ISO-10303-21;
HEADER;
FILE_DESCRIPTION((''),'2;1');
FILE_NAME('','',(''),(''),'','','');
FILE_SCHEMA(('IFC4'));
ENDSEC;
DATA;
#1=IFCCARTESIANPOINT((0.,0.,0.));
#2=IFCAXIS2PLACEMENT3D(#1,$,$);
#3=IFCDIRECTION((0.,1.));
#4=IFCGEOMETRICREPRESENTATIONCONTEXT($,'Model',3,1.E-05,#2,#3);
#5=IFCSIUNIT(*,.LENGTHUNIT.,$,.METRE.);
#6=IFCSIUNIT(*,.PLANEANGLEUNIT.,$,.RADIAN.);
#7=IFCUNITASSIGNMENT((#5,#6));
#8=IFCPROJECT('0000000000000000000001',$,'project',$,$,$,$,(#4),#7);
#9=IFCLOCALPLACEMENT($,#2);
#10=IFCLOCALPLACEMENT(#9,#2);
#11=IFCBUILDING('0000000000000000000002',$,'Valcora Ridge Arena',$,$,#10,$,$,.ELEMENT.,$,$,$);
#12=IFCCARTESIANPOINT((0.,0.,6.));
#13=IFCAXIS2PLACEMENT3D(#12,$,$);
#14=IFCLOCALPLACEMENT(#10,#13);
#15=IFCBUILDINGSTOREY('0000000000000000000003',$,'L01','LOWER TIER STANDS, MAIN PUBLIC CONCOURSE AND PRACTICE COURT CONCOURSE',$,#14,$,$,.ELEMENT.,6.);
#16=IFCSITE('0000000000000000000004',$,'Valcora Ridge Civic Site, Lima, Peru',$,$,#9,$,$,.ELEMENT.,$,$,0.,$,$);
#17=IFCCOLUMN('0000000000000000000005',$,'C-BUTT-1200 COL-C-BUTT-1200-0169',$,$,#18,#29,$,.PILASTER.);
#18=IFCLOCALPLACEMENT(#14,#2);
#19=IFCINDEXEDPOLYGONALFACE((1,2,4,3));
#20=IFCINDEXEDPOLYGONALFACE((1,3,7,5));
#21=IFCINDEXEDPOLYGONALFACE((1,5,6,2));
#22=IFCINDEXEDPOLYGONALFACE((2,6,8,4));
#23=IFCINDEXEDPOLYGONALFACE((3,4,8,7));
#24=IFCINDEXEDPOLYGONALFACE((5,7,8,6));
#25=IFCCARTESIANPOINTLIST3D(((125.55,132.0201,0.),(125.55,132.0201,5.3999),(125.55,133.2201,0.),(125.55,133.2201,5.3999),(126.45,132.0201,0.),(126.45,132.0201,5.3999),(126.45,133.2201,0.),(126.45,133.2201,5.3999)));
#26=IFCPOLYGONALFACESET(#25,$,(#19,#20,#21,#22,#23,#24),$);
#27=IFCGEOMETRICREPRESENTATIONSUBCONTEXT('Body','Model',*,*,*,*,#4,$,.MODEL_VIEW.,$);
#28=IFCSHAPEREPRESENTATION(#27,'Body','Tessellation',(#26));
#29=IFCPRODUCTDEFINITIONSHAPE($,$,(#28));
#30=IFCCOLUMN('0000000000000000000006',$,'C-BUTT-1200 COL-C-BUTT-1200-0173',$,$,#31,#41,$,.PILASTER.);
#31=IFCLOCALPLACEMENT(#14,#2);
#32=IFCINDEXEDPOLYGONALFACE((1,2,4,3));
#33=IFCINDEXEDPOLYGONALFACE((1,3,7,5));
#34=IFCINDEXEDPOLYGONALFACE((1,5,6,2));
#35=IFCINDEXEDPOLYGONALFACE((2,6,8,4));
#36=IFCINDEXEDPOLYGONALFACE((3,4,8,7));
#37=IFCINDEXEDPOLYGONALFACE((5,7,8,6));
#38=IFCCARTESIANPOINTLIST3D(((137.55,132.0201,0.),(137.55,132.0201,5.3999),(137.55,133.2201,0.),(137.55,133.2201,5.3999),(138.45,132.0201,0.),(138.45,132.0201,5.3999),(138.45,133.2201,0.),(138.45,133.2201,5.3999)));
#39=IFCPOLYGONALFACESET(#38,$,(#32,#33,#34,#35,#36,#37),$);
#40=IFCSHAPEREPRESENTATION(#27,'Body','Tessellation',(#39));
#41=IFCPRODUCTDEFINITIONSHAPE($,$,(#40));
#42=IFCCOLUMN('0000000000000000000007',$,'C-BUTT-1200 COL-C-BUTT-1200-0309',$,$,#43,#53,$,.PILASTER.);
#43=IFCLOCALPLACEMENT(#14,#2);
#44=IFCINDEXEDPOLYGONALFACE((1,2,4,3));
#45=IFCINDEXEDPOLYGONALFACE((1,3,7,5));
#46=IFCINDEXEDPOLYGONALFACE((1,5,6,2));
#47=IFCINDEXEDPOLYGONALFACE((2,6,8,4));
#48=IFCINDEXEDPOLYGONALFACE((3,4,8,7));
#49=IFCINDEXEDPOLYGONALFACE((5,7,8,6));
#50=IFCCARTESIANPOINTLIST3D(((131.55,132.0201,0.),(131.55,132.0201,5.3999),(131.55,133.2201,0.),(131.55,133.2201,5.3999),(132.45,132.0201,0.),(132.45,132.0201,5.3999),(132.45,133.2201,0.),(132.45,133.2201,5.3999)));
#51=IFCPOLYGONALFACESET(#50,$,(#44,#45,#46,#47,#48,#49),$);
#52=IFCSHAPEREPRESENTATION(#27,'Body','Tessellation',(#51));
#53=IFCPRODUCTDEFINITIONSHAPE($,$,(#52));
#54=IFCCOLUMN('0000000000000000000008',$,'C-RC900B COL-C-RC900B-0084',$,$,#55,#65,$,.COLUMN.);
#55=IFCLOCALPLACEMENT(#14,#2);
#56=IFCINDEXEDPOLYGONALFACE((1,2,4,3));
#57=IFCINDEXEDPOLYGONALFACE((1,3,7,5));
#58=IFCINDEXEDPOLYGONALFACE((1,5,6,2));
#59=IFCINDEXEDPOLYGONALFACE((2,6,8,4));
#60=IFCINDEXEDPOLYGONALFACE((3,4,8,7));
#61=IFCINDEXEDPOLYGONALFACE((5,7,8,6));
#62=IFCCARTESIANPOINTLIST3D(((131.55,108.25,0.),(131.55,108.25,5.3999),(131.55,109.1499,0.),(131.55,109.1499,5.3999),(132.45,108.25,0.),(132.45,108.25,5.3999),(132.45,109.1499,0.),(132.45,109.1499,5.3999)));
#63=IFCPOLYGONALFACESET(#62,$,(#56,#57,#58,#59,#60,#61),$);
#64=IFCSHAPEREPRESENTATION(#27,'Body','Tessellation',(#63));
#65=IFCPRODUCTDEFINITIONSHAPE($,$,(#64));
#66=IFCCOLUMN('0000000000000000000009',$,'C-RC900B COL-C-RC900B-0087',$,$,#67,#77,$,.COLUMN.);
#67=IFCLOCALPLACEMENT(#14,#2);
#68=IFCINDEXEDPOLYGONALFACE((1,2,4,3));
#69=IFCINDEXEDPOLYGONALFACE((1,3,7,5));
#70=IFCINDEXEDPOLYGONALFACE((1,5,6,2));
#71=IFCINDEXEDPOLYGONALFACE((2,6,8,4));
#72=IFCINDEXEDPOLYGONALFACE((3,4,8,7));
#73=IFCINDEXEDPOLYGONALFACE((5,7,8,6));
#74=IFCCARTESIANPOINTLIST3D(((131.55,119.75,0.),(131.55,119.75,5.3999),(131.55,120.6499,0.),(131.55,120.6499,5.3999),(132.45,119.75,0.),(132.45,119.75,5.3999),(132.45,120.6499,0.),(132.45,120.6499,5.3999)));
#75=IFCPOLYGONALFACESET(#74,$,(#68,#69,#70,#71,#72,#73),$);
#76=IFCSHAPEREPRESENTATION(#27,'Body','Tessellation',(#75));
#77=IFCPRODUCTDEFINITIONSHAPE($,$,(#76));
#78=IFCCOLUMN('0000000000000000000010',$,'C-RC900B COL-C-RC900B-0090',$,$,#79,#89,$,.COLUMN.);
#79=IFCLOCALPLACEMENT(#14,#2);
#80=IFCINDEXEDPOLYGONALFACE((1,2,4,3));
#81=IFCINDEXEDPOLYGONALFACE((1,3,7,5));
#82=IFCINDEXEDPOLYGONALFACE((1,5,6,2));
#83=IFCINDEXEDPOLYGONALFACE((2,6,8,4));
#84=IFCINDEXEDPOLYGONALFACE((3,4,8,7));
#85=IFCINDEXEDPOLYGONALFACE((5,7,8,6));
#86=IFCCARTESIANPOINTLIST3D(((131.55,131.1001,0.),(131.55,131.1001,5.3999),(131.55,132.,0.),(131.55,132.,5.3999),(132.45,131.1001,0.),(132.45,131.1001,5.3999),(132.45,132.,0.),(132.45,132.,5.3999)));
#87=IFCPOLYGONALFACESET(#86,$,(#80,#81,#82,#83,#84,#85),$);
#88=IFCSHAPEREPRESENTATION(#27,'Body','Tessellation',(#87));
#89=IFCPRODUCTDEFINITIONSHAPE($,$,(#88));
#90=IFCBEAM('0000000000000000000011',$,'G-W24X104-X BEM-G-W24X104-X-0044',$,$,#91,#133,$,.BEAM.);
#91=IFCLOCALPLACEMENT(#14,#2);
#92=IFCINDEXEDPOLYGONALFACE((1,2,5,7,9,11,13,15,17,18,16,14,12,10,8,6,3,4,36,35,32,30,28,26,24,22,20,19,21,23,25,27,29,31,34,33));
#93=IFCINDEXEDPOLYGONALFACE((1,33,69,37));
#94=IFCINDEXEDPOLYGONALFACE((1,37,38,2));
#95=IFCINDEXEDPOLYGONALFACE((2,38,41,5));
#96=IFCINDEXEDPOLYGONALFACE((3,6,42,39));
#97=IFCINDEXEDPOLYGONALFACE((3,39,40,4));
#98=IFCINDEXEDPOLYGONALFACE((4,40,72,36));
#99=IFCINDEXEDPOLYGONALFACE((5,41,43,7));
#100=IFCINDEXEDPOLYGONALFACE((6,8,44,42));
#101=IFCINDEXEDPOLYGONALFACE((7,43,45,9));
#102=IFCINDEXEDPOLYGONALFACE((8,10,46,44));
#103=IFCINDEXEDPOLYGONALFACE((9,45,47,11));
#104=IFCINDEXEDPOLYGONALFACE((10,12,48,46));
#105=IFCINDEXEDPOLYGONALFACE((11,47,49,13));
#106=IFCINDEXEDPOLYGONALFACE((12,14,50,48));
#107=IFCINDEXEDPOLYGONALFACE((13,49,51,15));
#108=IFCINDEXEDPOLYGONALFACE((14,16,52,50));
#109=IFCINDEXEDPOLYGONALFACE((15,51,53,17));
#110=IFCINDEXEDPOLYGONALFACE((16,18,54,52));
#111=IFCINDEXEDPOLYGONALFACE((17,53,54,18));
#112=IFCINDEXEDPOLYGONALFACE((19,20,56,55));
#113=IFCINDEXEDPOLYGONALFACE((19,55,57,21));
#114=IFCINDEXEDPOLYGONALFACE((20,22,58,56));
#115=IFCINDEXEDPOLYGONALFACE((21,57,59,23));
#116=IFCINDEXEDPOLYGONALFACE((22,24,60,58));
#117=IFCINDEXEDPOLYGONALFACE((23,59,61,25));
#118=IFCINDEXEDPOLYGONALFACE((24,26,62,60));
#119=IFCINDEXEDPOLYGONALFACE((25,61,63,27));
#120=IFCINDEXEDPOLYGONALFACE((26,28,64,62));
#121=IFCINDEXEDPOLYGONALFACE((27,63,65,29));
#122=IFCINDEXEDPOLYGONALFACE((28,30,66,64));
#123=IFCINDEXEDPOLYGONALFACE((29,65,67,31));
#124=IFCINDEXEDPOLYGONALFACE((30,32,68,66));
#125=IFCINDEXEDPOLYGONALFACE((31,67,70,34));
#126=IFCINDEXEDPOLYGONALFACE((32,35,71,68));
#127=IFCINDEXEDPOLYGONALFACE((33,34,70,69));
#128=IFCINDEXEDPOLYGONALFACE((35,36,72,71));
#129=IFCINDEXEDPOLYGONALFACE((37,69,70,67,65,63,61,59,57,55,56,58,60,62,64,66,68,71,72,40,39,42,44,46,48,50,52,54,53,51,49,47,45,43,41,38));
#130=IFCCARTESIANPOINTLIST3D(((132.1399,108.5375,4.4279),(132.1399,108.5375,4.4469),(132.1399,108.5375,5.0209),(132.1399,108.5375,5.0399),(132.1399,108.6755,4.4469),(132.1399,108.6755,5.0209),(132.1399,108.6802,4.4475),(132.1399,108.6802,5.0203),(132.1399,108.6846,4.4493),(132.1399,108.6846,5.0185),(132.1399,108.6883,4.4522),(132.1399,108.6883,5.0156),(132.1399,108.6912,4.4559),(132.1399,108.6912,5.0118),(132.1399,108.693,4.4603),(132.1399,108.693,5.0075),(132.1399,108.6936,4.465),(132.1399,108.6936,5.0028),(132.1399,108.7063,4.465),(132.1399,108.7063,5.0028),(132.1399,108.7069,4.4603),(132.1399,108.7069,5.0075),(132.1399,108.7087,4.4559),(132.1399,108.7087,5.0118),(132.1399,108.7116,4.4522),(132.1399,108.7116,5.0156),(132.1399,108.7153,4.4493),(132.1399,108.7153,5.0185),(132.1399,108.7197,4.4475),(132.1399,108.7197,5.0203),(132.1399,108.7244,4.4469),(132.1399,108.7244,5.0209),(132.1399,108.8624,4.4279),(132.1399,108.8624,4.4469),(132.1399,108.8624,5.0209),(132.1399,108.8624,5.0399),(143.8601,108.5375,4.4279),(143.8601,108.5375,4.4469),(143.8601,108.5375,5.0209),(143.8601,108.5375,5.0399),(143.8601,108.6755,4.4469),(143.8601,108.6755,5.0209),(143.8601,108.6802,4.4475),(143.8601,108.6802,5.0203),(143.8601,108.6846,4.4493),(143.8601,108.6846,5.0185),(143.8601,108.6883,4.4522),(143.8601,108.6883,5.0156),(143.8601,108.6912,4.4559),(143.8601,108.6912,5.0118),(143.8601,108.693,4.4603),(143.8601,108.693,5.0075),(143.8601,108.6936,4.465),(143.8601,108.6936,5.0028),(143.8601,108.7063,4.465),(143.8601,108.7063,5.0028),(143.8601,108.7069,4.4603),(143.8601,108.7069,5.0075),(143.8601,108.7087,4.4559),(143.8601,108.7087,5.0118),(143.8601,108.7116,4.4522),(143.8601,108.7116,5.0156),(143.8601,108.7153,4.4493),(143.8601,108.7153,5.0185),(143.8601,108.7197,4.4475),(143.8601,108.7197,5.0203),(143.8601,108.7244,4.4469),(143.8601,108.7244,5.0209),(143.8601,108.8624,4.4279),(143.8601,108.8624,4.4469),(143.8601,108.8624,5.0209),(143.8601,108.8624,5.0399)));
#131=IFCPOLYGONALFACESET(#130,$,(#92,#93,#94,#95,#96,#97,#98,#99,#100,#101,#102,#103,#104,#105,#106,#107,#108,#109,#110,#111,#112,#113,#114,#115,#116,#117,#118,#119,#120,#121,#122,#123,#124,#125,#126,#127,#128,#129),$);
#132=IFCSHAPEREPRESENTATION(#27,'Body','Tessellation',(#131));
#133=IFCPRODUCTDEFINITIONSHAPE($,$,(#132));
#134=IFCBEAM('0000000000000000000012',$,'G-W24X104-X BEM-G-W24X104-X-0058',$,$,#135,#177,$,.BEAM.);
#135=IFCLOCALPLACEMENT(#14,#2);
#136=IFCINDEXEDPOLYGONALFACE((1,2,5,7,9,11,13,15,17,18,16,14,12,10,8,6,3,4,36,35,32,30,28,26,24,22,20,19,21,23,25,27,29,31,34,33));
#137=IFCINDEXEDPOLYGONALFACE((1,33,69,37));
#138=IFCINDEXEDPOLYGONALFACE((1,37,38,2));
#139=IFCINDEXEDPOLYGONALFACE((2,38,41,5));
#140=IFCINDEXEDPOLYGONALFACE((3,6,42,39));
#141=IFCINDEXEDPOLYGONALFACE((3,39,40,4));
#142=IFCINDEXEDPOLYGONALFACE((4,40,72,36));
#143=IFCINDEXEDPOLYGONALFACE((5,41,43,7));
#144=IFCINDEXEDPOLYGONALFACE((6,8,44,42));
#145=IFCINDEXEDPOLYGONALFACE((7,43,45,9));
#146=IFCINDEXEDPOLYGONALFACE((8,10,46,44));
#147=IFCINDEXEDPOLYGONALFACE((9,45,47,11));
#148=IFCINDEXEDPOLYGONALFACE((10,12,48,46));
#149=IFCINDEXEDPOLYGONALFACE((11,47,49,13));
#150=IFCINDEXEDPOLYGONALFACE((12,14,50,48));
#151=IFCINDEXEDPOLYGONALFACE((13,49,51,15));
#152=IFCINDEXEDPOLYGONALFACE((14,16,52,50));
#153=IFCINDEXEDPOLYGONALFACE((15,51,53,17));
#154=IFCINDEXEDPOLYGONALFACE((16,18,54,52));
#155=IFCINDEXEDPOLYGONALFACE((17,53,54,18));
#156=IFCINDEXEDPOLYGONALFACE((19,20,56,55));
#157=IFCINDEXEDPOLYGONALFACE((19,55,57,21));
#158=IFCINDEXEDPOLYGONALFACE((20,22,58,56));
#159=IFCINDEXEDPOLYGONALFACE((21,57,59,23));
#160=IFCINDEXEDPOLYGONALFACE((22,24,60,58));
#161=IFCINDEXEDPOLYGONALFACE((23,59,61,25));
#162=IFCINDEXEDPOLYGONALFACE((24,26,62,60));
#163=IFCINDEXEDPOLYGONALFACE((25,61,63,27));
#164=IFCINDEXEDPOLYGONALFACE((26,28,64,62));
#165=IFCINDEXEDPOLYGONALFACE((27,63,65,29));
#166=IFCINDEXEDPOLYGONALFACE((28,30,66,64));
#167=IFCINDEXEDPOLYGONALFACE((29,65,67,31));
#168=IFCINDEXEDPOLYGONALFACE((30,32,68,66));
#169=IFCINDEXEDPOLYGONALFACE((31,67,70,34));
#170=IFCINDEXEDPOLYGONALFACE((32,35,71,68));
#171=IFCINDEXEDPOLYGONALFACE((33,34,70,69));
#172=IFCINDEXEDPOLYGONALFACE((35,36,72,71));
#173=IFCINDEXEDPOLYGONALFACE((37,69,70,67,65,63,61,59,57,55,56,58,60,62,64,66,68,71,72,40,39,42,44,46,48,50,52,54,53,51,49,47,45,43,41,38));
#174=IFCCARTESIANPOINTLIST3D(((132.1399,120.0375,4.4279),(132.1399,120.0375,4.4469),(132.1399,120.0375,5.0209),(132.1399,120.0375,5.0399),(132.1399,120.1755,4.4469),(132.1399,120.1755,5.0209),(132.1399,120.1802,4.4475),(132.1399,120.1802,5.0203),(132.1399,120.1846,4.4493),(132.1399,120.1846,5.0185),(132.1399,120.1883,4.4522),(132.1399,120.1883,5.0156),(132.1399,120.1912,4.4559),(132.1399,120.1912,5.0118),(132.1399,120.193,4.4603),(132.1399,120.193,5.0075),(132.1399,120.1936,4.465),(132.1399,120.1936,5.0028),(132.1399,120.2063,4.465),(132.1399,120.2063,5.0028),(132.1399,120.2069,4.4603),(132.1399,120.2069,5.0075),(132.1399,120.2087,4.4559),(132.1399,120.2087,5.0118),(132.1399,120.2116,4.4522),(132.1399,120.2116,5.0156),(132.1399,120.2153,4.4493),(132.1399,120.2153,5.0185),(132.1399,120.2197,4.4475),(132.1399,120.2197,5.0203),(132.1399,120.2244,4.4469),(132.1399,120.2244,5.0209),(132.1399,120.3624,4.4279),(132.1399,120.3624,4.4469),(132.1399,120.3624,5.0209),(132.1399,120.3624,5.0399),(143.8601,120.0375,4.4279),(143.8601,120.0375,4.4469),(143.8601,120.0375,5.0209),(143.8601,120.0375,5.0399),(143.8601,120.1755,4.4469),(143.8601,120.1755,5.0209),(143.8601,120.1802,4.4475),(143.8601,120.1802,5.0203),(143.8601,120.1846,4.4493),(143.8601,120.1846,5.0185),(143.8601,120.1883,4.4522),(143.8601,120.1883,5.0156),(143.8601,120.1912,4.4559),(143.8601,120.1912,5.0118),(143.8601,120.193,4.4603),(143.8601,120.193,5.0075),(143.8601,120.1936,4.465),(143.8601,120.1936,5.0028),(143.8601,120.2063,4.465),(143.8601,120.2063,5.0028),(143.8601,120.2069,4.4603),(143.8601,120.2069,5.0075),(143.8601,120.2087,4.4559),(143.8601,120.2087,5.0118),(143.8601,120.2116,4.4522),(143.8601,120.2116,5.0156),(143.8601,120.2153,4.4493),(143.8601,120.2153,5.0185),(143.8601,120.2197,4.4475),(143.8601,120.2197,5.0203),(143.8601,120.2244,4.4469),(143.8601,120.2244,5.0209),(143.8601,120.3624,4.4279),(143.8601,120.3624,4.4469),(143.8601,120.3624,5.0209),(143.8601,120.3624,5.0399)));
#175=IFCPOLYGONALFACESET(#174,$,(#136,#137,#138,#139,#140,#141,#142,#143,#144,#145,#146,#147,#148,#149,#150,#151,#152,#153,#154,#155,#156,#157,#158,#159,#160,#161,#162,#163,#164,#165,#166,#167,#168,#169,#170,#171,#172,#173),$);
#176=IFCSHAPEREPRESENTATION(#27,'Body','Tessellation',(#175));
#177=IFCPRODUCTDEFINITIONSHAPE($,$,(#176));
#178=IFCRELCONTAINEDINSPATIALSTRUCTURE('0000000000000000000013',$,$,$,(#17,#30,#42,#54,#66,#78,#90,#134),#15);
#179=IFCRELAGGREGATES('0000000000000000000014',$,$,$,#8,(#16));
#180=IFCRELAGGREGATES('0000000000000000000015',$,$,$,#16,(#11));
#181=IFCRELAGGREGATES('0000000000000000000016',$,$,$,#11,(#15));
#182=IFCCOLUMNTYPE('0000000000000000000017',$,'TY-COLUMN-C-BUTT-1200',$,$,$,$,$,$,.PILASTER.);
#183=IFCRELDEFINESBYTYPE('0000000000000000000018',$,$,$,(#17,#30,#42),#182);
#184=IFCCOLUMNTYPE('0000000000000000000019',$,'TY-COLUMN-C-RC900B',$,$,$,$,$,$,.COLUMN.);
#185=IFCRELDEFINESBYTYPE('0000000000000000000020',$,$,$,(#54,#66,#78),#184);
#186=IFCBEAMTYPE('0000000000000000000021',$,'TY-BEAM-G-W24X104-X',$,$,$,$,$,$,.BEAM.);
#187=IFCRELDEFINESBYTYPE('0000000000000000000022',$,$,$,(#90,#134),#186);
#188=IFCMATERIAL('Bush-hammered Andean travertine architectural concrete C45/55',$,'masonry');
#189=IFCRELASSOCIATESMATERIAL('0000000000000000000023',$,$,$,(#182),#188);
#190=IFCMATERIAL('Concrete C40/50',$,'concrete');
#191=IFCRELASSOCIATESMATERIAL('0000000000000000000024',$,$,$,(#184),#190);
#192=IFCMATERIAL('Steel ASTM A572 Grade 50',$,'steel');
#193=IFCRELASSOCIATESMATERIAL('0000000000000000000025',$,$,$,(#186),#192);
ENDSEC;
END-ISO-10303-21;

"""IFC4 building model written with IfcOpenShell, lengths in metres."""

from ifc_helpers import new_model, si_unit, direction, frame, origin, origin_2d, place, context, subcontext, project, spatial, rectangle, i_section, extrude, material, material_profile, profile_set, type_object, element, save


model = new_model("IFC4")

# Units and contexts
model_context = context("Model", 3, precision=1e-05, world=origin(), true_north=direction((0.0, 1.0)))
body_context = subcontext(model_context, "Body", "Model", "MODEL_VIEW")
ifc_project = project(units=[si_unit("LENGTHUNIT", "METRE"), si_unit("PLANEANGLEUNIT", "RADIAN")], contexts=[model_context])

# Site, building, storey
site_placement = place(None, origin())
site = spatial("IfcSite", under=ifc_project, at=site_placement, Name="Valcora Ridge Civic Site, Lima, Peru", CompositionType="ELEMENT", RefElevation=0.0)
building_placement = place(site_placement, origin())
building = spatial("IfcBuilding", under=site, at=building_placement, Name="Valcora Ridge Arena", CompositionType="ELEMENT")
storey_placement = place(building_placement, frame((0.0, 0.0, 6.0)))
storey = spatial("IfcBuildingStorey", under=building, at=storey_placement, Name="L01", Description="LOWER TIER STANDS, MAIN PUBLIC CONCOURSE AND PRACTICE COURT CONCOURSE", CompositionType="ELEMENT", Elevation=6.0)

# Columns
ifc_material_1 = material(Name="Bush-hammered Andean travertine architectural concrete C45/55", Category="masonry")
ifc_material_profile_1 = material_profile(ifc_material_1, rectangle(XDim=0.8999, YDim=1.2, at=origin_2d()), Name="RC 900x1200")
ifc_profile_set_1 = profile_set([ifc_material_profile_1], Name="Bush-hammered Andean travertine architectural concrete C45/55")
column_type_1 = type_object("IfcColumnType", Name="TY-COLUMN-C-BUTT-1200", PredefinedType="PILASTER", material=ifc_profile_set_1)
for number, where, z_axis, x_axis, name in (
    (1, (126.0, 132.6201, 0.0), (0.0, 0.0, 1.0), (1.0, 0.0, 0.0), "C-BUTT-1200 COL-C-BUTT-1200-0169"),
    (2, (138.0, 132.6201, 0.0), (0.0, 0.0, 1.0), (1.0, 0.0, 0.0), "C-BUTT-1200 COL-C-BUTT-1200-0173"),
    (3, (132.0, 132.6201, 0.0), (0.0, 0.0, 1.0), (1.0, 0.0, 0.0), "C-BUTT-1200 COL-C-BUTT-1200-0309"),
):
    element("IfcColumn", number, at=place(storey_placement, frame(where, z_axis=z_axis, x_axis=x_axis)), inside=storey, type_object=column_type_1, Name=name, PredefinedType="PILASTER", context=body_context, shape_type="SweptSolid", body=[
        extrude(rectangle(XDim=0.8999, YDim=1.2, at=origin_2d()), origin(), (0.0, 0.0, 1.0), 5.3999),
    ])
ifc_material_2 = material(Name="Concrete C40/50", Category="concrete")
ifc_material_profile_2 = material_profile(ifc_material_2, rectangle(XDim=0.8999, YDim=0.8999, at=origin_2d()), Name="RC 900x900")
ifc_profile_set_2 = profile_set([ifc_material_profile_2], Name="Concrete C40/50")
column_type_2 = type_object("IfcColumnType", Name="TY-COLUMN-C-RC900B", PredefinedType="COLUMN", material=ifc_profile_set_2)
for number, where, z_axis, x_axis, name in (
    (4, (132.0, 108.7, 0.0), (0.0, 0.0, 1.0), (1.0, 0.0, 0.0), "C-RC900B COL-C-RC900B-0084"),
    (5, (132.0, 120.2, 0.0), (0.0, 0.0, 1.0), (1.0, 0.0, 0.0), "C-RC900B COL-C-RC900B-0087"),
    (6, (132.0, 131.55, 0.0), (0.0, 0.0, 1.0), (1.0, 0.0, 0.0), "C-RC900B COL-C-RC900B-0090"),
):
    element("IfcColumn", number, at=place(storey_placement, frame(where, z_axis=z_axis, x_axis=x_axis)), inside=storey, type_object=column_type_2, Name=name, PredefinedType="COLUMN", context=body_context, shape_type="SweptSolid", body=[
        extrude(rectangle(XDim=0.8999, YDim=0.8999, at=origin_2d()), origin(), (0.0, 0.0, 1.0), 5.3999),
    ])

# Beams
ifc_material_3 = material(Name="Steel ASTM A572 Grade 50", Category="steel")
ifc_material_profile_3 = material_profile(ifc_material_3, i_section(OverallWidth=0.325, OverallDepth=0.6121, WebThickness=0.0127, FlangeThickness=0.019, FilletRadius=0.0181, at=origin_2d()), Name="W24X104")
ifc_profile_set_3 = profile_set([ifc_material_profile_3], Name="Steel ASTM A572 Grade 50")
beam_type_1 = type_object("IfcBeamType", Name="TY-BEAM-G-W24X104-X", PredefinedType="BEAM", material=ifc_profile_set_3)
for number, where, z_axis, x_axis, name in (
    (7, (132.1399, 108.7, 4.7339), (1.0, 0.0, 0.0), (0.0, 1.0, 0.0), "G-W24X104-X BEM-G-W24X104-X-0044"),
    (8, (132.1399, 120.2, 4.7339), (1.0, 0.0, 0.0), (0.0, 1.0, 0.0), "G-W24X104-X BEM-G-W24X104-X-0058"),
):
    element("IfcBeam", number, at=place(storey_placement, frame(where, z_axis=z_axis, x_axis=x_axis)), inside=storey, type_object=beam_type_1, Name=name, PredefinedType="BEAM", context=body_context, shape_type="SweptSolid", body=[
        extrude(i_section(OverallWidth=0.325, OverallDepth=0.6121, WebThickness=0.0127, FlangeThickness=0.019, FilletRadius=0.0181, at=origin_2d()), origin(), (0.0, 0.0, 1.0), 11.7202),
    ])

save(model, "model.ifc")
